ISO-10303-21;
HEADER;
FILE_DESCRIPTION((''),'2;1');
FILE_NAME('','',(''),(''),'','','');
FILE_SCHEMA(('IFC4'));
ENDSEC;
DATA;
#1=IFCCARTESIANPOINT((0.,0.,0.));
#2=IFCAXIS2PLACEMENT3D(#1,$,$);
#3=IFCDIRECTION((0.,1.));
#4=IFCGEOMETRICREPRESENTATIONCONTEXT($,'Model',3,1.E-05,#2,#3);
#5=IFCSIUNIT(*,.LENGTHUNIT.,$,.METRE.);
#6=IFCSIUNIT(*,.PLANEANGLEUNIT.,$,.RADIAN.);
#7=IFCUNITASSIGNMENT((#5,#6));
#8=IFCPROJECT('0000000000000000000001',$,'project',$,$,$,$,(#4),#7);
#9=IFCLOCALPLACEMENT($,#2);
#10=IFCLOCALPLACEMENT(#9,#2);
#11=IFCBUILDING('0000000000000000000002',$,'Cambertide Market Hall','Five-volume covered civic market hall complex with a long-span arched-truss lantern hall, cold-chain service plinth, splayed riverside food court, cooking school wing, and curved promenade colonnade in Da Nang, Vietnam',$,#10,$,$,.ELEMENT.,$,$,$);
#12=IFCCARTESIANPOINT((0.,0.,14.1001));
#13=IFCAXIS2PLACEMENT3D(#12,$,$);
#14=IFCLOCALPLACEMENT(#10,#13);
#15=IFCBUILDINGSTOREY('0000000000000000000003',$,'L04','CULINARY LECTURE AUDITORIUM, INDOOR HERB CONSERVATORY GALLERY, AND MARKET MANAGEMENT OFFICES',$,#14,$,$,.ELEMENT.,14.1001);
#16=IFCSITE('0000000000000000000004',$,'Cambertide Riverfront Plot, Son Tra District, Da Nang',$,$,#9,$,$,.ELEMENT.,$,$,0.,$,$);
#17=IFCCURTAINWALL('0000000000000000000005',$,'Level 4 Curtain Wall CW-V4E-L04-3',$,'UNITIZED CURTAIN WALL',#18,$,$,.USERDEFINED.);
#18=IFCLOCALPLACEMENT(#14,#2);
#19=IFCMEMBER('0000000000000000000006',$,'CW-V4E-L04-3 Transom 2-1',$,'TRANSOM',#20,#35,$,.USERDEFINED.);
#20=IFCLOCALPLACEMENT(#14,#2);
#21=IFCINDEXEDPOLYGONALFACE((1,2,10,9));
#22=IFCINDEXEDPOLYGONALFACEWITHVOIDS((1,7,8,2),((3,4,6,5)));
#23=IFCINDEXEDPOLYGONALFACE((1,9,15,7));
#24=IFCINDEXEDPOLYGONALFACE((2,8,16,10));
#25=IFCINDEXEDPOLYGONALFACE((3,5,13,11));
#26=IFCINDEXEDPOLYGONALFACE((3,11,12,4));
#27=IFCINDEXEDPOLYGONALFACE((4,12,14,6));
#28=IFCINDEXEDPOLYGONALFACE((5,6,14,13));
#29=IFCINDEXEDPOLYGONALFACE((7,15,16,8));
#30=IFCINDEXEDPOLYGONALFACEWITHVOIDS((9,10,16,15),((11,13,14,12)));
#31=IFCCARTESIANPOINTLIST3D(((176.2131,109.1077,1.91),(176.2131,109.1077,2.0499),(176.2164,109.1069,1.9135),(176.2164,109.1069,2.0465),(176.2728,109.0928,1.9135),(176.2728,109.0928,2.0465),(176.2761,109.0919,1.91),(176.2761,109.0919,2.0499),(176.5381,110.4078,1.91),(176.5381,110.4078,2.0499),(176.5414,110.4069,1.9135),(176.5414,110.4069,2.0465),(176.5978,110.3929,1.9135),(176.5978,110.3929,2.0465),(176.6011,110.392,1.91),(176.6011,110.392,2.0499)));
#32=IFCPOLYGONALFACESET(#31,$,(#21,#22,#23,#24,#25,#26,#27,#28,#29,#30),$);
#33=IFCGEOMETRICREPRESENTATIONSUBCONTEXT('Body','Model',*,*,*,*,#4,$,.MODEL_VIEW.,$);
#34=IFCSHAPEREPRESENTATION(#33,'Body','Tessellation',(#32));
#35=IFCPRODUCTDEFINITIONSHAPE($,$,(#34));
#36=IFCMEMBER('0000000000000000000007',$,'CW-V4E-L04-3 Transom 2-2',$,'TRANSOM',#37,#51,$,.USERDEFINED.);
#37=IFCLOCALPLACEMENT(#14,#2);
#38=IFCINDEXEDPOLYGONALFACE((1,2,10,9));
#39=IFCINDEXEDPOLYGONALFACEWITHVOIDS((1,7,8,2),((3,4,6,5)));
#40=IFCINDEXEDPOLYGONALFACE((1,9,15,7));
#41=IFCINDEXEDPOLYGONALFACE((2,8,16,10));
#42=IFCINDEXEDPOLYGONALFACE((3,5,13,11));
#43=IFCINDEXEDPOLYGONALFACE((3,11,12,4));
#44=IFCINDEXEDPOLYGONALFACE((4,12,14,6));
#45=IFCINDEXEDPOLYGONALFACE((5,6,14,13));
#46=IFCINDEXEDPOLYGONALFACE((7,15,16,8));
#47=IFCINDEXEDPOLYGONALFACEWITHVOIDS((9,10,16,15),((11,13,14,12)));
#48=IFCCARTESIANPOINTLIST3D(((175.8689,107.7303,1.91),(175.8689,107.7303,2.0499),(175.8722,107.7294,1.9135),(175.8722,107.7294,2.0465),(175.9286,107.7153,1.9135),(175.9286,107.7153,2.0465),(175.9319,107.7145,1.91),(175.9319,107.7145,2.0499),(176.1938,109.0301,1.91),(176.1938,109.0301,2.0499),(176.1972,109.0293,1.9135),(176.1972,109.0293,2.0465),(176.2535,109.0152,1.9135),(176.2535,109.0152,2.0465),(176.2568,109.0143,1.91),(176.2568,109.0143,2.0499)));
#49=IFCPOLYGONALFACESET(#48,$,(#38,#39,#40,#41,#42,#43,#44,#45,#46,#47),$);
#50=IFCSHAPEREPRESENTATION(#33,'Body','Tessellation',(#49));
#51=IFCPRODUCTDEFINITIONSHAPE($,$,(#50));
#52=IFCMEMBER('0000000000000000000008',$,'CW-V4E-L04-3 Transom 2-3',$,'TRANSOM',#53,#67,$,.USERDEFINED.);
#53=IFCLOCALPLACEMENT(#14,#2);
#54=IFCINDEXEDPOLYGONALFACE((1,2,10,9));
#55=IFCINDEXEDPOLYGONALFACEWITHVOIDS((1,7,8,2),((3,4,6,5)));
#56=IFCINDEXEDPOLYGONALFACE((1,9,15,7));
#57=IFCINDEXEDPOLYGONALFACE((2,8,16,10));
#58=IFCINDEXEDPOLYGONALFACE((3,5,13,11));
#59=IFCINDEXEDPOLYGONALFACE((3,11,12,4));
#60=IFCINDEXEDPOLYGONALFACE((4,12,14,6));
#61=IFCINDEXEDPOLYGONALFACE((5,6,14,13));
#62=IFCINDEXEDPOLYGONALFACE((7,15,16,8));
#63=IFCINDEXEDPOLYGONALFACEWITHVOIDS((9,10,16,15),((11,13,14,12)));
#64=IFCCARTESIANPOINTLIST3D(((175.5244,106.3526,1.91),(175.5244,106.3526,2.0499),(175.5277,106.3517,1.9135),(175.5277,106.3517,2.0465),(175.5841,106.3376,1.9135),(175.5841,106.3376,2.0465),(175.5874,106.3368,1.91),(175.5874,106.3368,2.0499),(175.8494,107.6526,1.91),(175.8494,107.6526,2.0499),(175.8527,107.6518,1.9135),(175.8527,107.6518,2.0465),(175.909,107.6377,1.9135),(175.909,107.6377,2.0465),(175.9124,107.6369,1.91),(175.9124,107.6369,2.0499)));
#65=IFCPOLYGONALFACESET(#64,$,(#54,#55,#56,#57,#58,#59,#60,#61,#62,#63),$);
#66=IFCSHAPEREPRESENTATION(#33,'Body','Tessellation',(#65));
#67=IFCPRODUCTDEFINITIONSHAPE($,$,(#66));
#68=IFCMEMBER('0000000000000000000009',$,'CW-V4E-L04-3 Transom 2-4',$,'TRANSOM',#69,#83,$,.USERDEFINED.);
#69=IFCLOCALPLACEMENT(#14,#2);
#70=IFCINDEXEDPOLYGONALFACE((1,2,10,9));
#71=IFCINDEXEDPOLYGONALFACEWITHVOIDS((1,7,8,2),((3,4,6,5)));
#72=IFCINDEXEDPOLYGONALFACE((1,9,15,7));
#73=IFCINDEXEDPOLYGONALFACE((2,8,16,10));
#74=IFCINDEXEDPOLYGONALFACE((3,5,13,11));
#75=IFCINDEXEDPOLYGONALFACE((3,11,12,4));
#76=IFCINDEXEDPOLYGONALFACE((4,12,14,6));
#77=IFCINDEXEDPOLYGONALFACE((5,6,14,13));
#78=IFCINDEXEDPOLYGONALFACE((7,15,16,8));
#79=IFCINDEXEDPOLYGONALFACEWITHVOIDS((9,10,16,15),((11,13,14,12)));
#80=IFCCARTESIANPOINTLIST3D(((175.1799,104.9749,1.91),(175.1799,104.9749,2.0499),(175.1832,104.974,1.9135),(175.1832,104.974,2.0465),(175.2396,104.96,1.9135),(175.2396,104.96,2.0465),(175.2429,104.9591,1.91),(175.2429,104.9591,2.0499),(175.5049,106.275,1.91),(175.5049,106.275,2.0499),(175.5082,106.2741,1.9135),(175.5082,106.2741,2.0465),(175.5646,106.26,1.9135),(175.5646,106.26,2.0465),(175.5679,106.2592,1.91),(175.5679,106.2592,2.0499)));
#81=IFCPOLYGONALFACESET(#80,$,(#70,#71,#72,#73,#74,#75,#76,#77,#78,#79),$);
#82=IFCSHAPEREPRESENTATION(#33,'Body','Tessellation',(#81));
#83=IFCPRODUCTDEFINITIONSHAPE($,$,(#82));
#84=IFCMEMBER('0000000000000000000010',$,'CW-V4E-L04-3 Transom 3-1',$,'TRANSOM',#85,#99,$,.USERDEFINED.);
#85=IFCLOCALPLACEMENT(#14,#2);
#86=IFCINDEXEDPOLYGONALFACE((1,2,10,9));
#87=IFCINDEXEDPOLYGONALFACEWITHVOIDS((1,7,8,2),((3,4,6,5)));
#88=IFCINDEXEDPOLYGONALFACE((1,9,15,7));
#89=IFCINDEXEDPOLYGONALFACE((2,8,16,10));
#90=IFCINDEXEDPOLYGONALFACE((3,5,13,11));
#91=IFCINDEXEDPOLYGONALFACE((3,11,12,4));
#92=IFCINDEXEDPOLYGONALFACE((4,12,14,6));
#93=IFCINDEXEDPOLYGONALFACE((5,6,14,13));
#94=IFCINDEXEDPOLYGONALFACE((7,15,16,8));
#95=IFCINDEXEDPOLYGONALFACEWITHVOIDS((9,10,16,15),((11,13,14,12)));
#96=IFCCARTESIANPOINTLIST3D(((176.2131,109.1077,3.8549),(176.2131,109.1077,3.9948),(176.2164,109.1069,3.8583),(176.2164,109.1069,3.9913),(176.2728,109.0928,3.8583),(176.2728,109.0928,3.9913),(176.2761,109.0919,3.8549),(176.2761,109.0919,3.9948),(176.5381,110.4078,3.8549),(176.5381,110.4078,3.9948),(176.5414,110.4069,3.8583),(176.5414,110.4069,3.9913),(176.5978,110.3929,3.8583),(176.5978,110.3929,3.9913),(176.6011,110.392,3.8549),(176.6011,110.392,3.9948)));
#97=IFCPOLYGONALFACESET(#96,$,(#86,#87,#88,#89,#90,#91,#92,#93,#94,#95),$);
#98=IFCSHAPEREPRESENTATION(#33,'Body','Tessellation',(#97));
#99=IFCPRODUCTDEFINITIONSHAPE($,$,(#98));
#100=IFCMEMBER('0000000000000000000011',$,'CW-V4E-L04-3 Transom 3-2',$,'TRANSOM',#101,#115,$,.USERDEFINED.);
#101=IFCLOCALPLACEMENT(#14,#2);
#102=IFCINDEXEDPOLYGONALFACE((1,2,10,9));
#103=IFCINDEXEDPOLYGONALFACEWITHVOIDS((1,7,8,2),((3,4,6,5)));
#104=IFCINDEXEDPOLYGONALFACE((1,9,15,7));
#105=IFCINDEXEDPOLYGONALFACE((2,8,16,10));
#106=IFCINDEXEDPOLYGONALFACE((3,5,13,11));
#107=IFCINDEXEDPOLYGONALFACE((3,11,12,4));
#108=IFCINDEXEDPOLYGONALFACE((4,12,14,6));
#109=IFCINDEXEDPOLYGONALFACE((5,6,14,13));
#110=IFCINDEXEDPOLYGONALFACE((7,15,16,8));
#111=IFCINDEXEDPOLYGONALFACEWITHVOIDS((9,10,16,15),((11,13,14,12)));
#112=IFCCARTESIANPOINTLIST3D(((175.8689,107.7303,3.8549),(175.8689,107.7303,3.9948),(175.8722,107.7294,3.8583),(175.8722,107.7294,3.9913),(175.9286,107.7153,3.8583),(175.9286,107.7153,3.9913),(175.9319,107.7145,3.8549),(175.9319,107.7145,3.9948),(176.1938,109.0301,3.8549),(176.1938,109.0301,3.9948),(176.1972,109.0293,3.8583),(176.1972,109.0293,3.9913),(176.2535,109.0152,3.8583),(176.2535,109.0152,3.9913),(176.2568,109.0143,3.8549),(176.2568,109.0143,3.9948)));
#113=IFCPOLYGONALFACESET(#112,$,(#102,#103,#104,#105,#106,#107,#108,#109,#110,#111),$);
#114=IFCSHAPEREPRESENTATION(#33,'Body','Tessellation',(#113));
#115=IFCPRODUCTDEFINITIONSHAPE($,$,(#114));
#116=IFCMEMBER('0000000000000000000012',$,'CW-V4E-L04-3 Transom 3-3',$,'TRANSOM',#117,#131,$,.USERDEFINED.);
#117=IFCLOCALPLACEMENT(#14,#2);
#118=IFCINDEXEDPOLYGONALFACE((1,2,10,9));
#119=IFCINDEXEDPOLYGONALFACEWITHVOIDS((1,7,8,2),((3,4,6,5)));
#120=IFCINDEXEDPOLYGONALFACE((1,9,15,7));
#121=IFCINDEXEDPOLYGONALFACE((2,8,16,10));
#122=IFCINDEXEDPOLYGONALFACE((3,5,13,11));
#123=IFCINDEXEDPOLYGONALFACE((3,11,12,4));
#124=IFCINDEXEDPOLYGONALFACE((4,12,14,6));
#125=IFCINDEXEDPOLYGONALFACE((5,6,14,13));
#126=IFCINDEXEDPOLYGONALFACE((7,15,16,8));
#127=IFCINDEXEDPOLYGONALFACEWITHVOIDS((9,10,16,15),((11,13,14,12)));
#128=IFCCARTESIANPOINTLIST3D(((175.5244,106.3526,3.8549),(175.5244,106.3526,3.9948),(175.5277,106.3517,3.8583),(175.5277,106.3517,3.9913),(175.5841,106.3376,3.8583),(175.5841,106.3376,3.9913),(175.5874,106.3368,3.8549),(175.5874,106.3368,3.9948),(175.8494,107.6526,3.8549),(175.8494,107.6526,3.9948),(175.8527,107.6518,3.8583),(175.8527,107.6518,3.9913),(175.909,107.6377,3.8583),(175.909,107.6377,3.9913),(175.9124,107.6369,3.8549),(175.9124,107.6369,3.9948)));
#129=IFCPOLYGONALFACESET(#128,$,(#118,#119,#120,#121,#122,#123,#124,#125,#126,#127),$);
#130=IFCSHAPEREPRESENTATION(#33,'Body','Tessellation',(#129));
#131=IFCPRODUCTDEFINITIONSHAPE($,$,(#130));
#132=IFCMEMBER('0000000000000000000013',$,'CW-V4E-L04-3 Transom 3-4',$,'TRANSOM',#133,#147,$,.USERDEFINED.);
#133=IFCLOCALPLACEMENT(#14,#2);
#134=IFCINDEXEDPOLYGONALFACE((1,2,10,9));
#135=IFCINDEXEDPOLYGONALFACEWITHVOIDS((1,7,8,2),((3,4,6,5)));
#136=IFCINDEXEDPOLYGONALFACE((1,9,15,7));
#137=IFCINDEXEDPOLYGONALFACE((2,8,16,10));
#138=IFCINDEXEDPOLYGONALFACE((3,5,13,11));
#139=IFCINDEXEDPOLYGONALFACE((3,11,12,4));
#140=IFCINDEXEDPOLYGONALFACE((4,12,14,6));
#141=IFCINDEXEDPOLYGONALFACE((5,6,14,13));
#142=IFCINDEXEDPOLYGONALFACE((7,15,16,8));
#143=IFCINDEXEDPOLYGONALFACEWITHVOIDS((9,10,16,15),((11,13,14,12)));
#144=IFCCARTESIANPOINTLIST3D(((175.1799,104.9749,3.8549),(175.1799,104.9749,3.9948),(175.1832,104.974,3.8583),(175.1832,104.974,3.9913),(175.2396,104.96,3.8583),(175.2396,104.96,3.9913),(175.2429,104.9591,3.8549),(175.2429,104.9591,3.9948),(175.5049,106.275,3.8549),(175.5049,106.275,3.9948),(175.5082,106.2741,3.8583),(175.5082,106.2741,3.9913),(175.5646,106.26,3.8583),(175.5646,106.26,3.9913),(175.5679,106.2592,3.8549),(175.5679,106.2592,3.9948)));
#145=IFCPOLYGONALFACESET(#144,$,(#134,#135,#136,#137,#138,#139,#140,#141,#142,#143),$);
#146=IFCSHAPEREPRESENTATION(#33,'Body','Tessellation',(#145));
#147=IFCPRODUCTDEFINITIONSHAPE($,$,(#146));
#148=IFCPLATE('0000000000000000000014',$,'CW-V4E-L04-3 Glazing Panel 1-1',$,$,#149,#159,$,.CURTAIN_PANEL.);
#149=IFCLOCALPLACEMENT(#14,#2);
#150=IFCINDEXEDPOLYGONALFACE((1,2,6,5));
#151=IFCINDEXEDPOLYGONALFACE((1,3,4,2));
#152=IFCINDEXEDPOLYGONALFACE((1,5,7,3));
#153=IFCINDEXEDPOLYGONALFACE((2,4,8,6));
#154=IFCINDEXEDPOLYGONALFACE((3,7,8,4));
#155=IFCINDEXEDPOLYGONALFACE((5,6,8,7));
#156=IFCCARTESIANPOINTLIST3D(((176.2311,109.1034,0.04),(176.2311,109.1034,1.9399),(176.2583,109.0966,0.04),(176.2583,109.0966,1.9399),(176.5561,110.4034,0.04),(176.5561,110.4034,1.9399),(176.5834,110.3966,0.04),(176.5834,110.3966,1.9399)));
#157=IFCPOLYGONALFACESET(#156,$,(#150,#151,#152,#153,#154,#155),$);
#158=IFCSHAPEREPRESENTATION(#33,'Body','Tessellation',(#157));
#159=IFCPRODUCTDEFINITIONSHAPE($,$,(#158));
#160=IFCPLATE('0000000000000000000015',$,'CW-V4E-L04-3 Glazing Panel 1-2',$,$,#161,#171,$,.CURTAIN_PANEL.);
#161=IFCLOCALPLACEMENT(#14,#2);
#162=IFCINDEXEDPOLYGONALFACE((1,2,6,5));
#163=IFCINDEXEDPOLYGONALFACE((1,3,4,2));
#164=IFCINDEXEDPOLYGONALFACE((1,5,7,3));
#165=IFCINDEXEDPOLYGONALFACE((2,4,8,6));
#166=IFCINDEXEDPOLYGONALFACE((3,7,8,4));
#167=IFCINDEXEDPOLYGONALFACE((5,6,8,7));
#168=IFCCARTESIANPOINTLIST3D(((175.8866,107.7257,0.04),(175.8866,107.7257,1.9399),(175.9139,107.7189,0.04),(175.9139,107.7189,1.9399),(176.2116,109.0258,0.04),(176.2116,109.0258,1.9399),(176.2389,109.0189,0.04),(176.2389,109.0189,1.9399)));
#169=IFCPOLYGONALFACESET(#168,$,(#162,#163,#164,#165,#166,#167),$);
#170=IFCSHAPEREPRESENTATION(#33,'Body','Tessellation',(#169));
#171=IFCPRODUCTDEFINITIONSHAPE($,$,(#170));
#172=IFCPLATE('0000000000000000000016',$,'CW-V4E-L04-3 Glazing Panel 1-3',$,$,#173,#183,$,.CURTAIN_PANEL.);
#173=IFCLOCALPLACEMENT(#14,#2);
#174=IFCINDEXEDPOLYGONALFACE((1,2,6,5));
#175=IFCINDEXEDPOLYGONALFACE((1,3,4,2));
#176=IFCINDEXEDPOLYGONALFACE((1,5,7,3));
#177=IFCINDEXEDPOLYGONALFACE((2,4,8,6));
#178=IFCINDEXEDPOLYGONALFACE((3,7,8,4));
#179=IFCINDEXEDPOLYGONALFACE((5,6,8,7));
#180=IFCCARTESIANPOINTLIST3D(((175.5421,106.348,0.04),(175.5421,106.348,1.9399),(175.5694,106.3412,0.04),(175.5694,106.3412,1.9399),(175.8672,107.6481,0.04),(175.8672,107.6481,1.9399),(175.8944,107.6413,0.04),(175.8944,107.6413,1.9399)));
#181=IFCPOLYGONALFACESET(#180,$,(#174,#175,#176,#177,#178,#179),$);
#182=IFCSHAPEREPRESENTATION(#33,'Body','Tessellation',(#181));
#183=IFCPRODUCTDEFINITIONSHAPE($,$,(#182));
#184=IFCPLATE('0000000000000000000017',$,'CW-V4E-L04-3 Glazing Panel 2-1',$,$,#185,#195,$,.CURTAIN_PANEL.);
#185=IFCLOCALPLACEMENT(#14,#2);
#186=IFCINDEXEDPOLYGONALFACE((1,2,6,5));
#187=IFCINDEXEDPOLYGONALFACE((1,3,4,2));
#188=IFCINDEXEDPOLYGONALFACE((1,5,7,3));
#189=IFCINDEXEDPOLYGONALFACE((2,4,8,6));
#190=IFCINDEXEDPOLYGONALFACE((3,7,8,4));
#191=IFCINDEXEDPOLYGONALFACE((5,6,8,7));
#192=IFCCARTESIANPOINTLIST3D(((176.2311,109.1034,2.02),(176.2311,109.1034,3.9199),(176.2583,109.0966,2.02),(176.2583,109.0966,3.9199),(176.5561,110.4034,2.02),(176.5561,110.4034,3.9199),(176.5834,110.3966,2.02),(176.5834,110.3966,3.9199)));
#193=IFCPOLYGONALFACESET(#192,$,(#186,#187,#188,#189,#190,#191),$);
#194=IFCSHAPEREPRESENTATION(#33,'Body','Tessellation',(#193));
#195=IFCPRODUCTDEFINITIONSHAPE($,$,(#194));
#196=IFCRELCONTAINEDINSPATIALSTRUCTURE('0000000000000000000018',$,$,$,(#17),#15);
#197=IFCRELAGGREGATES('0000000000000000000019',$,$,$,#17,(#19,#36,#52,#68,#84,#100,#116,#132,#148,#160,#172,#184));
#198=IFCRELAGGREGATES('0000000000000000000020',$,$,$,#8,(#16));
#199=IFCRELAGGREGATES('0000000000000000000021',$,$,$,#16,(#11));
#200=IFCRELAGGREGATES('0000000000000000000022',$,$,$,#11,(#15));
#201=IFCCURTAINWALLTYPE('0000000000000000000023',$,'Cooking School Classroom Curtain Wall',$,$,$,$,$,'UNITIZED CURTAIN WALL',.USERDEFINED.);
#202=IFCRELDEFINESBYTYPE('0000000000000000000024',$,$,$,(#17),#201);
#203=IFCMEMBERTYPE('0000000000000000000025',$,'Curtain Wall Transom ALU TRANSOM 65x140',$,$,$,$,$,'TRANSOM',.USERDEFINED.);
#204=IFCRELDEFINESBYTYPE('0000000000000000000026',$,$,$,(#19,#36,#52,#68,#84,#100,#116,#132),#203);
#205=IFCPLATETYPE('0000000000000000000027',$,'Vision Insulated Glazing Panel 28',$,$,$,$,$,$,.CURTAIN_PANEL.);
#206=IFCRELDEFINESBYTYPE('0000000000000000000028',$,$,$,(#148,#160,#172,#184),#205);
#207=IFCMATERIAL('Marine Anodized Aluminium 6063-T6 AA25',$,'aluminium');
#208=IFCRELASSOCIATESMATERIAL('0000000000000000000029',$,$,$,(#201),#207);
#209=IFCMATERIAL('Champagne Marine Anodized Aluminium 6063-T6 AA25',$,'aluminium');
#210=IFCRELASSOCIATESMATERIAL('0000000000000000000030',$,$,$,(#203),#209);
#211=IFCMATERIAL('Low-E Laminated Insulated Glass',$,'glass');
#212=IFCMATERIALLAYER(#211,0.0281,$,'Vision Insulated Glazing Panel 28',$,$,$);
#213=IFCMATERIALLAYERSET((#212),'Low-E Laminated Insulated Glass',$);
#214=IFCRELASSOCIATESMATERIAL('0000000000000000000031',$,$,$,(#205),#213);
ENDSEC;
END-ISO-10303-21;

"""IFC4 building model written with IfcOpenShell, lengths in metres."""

from ifc_helpers import new_model, si_unit, direction, frame, origin, origin_2d, place, context, subcontext, project, spatial, rectangle, hollow_rectangle, extrude, material, layer, layer_set, material_profile, profile_set, type_object, element, aggregate, save


model = new_model("IFC4")

# Units and contexts
model_context = context("Model", 3, precision=1e-05, world=origin(), true_north=direction((0.0, 1.0)))
body_context = subcontext(model_context, "Body", "Model", "MODEL_VIEW")
ifc_project = project(units=[si_unit("LENGTHUNIT", "METRE"), si_unit("PLANEANGLEUNIT", "RADIAN")], contexts=[model_context])

# Site, building, storey
site_placement = place(None, origin())
site = spatial("IfcSite", under=ifc_project, at=site_placement, Name="Cambertide Riverfront Plot, Son Tra District, Da Nang", CompositionType="ELEMENT", RefElevation=0.0)
building_placement = place(site_placement, origin())
building = spatial("IfcBuilding", under=site, at=building_placement, Name="Cambertide Market Hall", Description="Five-volume covered civic market hall complex with a long-span arched-truss lantern hall, cold-chain service plinth, splayed riverside food court, cooking school wing, and curved promenade colonnade in Da Nang, Vietnam", CompositionType="ELEMENT")
storey_placement = place(building_placement, frame((0.0, 0.0, 14.1001)))
storey = spatial("IfcBuildingStorey", under=building, at=storey_placement, Name="L04", Description="CULINARY LECTURE AUDITORIUM, INDOOR HERB CONSERVATORY GALLERY, AND MARKET MANAGEMENT OFFICES", CompositionType="ELEMENT", Elevation=14.1001)

# Curtain wall, members, plates
ifc_material_1 = material(Name="Marine Anodized Aluminium 6063-T6 AA25", Category="aluminium")
curtain_wall_type = type_object("IfcCurtainWallType", Name="Cooking School Classroom Curtain Wall", ElementType="UNITIZED CURTAIN WALL", PredefinedType="USERDEFINED", material=ifc_material_1)
curtain_wall_placement = place(storey_placement, origin())
curtain_wall = element("IfcCurtainWall", 1, at=curtain_wall_placement, inside=storey, type_object=curtain_wall_type, Name="Level 4 Curtain Wall CW-V4E-L04-3", ObjectType="UNITIZED CURTAIN WALL", PredefinedType="USERDEFINED")
ifc_material_2 = material(Name="Champagne Marine Anodized Aluminium 6063-T6 AA25", Category="aluminium")
ifc_material_profile_1 = material_profile(ifc_material_2, hollow_rectangle(XDim=0.0649, YDim=0.1399, WallThickness=0.0034, at=origin_2d()), Name="ALU TRANSOM 65x140")
ifc_profile_set_1 = profile_set([ifc_material_profile_1], Name="Champagne Marine Anodized Aluminium 6063-T6 AA25")
member_type_1 = type_object("IfcMemberType", Name="Curtain Wall Transom ALU TRANSOM 65x140", ElementType="TRANSOM", PredefinedType="USERDEFINED", material=ifc_profile_set_1)
member_1_placement = place(storey_placement, frame((176.5696, 110.3999, 1.98), z_axis=(-0.242493, -0.970153, 0.0), x_axis=(0.970153, -0.242493, 0.0)))
member_1 = element("IfcMember", 2, at=member_1_placement, type_object=member_type_1, Name="CW-V4E-L04-3 Transom 2-1", ObjectType="TRANSOM", PredefinedType="USERDEFINED", context=body_context, shape_type="SweptSolid", body=[
    extrude(hollow_rectangle(XDim=0.0649, YDim=0.1399, WallThickness=0.0034, at=origin_2d()), origin(), (0.0, 0.0, 1.0), 1.3401),
])
member_2_placement = place(storey_placement, frame((176.2253, 109.0222, 1.98), z_axis=(-0.242536, -0.970143, 0.0), x_axis=(0.970143, -0.242536, 0.0)))
member_2 = element("IfcMember", 3, at=member_2_placement, type_object=member_type_1, Name="CW-V4E-L04-3 Transom 2-2", ObjectType="TRANSOM", PredefinedType="USERDEFINED", context=body_context, shape_type="SweptSolid", body=[
    extrude(hollow_rectangle(XDim=0.0649, YDim=0.1399, WallThickness=0.0034, at=origin_2d()), origin(), (0.0, 0.0, 1.0), 1.3398),
])
member_3_placement = place(storey_placement, frame((175.8809, 107.6448, 1.98), z_axis=(-0.242493, -0.970153, 0.0), x_axis=(0.970153, -0.242493, 0.0)))
member_3 = element("IfcMember", 4, at=member_3_placement, type_object=member_type_1, Name="CW-V4E-L04-3 Transom 2-3", ObjectType="TRANSOM", PredefinedType="USERDEFINED", context=body_context, shape_type="SweptSolid", body=[
    extrude(hollow_rectangle(XDim=0.0649, YDim=0.1399, WallThickness=0.0034, at=origin_2d()), origin(), (0.0, 0.0, 1.0), 1.3401),
])
member_4_placement = place(storey_placement, frame((175.5364, 106.2671, 1.98), z_axis=(-0.242493, -0.970153, 0.0), x_axis=(0.970153, -0.242493, 0.0)))
member_4 = element("IfcMember", 5, at=member_4_placement, type_object=member_type_1, Name="CW-V4E-L04-3 Transom 2-4", ObjectType="TRANSOM", PredefinedType="USERDEFINED", context=body_context, shape_type="SweptSolid", body=[
    extrude(hollow_rectangle(XDim=0.0649, YDim=0.1399, WallThickness=0.0034, at=origin_2d()), origin(), (0.0, 0.0, 1.0), 1.3401),
])
member_5_placement = place(storey_placement, frame((176.5696, 110.3999, 3.9248), z_axis=(-0.242493, -0.970153, 0.0), x_axis=(0.970153, -0.242493, 0.0)))
member_5 = element("IfcMember", 6, at=member_5_placement, type_object=member_type_1, Name="CW-V4E-L04-3 Transom 3-1", ObjectType="TRANSOM", PredefinedType="USERDEFINED", context=body_context, shape_type="SweptSolid", body=[
    extrude(hollow_rectangle(XDim=0.0649, YDim=0.1399, WallThickness=0.0034, at=origin_2d()), origin(), (0.0, 0.0, 1.0), 1.3401),
])
member_6_placement = place(storey_placement, frame((176.2253, 109.0222, 3.9248), z_axis=(-0.242536, -0.970143, 0.0), x_axis=(0.970143, -0.242536, 0.0)))
member_6 = element("IfcMember", 7, at=member_6_placement, type_object=member_type_1, Name="CW-V4E-L04-3 Transom 3-2", ObjectType="TRANSOM", PredefinedType="USERDEFINED", context=body_context, shape_type="SweptSolid", body=[
    extrude(hollow_rectangle(XDim=0.0649, YDim=0.1399, WallThickness=0.0034, at=origin_2d()), origin(), (0.0, 0.0, 1.0), 1.3398),
])
member_7_placement = place(storey_placement, frame((175.8809, 107.6448, 3.9248), z_axis=(-0.242493, -0.970153, 0.0), x_axis=(0.970153, -0.242493, 0.0)))
member_7 = element("IfcMember", 8, at=member_7_placement, type_object=member_type_1, Name="CW-V4E-L04-3 Transom 3-3", ObjectType="TRANSOM", PredefinedType="USERDEFINED", context=body_context, shape_type="SweptSolid", body=[
    extrude(hollow_rectangle(XDim=0.0649, YDim=0.1399, WallThickness=0.0034, at=origin_2d()), origin(), (0.0, 0.0, 1.0), 1.3401),
])
member_8_placement = place(storey_placement, frame((175.5364, 106.2671, 3.9248), z_axis=(-0.242493, -0.970153, 0.0), x_axis=(0.970153, -0.242493, 0.0)))
member_8 = element("IfcMember", 9, at=member_8_placement, type_object=member_type_1, Name="CW-V4E-L04-3 Transom 3-4", ObjectType="TRANSOM", PredefinedType="USERDEFINED", context=body_context, shape_type="SweptSolid", body=[
    extrude(hollow_rectangle(XDim=0.0649, YDim=0.1399, WallThickness=0.0034, at=origin_2d()), origin(), (0.0, 0.0, 1.0), 1.3401),
])
ifc_material_3 = material(Name="Low-E Laminated Insulated Glass", Category="glass")
ifc_layer = layer(ifc_material_3, 0.0281, Name="Vision Insulated Glazing Panel 28")
ifc_layer_set = layer_set([ifc_layer], Name="Low-E Laminated Insulated Glass")
plate_type = type_object("IfcPlateType", Name="Vision Insulated Glazing Panel 28", PredefinedType="CURTAIN_PANEL", material=ifc_layer_set)
plate_1_placement = place(storey_placement, frame((176.4072, 109.75, 0.04), z_axis=(0.0, 0.0, 1.0), x_axis=(-0.242536, -0.970143, 0.0)))
plate_1 = element("IfcPlate", 10, at=plate_1_placement, type_object=plate_type, Name="CW-V4E-L04-3 Glazing Panel 1-1", PredefinedType="CURTAIN_PANEL", context=body_context, shape_type="SweptSolid", body=[
    extrude(rectangle(XDim=1.3401, YDim=0.0281, at=origin_2d()), origin(), (0.0, 0.0, 1.0), 1.8999),
])
plate_2_placement = place(storey_placement, frame((176.0627, 108.3723, 0.04), z_axis=(0.0, 0.0, 1.0), x_axis=(-0.242536, -0.970143, 0.0)))
plate_2 = element("IfcPlate", 11, at=plate_2_placement, type_object=plate_type, Name="CW-V4E-L04-3 Glazing Panel 1-2", PredefinedType="CURTAIN_PANEL", context=body_context, shape_type="SweptSolid", body=[
    extrude(rectangle(XDim=1.3401, YDim=0.0281, at=origin_2d()), origin(), (0.0, 0.0, 1.0), 1.8999),
])
plate_3_placement = place(storey_placement, frame((175.7183, 106.9946, 0.04), z_axis=(0.0, 0.0, 1.0), x_axis=(-0.242536, -0.970143, 0.0)))
plate_3 = element("IfcPlate", 12, at=plate_3_placement, type_object=plate_type, Name="CW-V4E-L04-3 Glazing Panel 1-3", PredefinedType="CURTAIN_PANEL", context=body_context, shape_type="SweptSolid", body=[
    extrude(rectangle(XDim=1.3401, YDim=0.0281, at=origin_2d()), origin(), (0.0, 0.0, 1.0), 1.8999),
])
plate_4_placement = place(storey_placement, frame((176.4072, 109.75, 2.02), z_axis=(0.0, 0.0, 1.0), x_axis=(-0.242536, -0.970143, 0.0)))
plate_4 = element("IfcPlate", 13, at=plate_4_placement, type_object=plate_type, Name="CW-V4E-L04-3 Glazing Panel 2-1", PredefinedType="CURTAIN_PANEL", context=body_context, shape_type="SweptSolid", body=[
    extrude(rectangle(XDim=1.3401, YDim=0.0281, at=origin_2d()), origin(), (0.0, 0.0, 1.0), 1.8999),
])
aggregate(curtain_wall, [member_1, member_2, member_3, member_4, member_5, member_6, member_7, member_8, plate_1, plate_2, plate_3, plate_4])

save(model, "model.ifc")
